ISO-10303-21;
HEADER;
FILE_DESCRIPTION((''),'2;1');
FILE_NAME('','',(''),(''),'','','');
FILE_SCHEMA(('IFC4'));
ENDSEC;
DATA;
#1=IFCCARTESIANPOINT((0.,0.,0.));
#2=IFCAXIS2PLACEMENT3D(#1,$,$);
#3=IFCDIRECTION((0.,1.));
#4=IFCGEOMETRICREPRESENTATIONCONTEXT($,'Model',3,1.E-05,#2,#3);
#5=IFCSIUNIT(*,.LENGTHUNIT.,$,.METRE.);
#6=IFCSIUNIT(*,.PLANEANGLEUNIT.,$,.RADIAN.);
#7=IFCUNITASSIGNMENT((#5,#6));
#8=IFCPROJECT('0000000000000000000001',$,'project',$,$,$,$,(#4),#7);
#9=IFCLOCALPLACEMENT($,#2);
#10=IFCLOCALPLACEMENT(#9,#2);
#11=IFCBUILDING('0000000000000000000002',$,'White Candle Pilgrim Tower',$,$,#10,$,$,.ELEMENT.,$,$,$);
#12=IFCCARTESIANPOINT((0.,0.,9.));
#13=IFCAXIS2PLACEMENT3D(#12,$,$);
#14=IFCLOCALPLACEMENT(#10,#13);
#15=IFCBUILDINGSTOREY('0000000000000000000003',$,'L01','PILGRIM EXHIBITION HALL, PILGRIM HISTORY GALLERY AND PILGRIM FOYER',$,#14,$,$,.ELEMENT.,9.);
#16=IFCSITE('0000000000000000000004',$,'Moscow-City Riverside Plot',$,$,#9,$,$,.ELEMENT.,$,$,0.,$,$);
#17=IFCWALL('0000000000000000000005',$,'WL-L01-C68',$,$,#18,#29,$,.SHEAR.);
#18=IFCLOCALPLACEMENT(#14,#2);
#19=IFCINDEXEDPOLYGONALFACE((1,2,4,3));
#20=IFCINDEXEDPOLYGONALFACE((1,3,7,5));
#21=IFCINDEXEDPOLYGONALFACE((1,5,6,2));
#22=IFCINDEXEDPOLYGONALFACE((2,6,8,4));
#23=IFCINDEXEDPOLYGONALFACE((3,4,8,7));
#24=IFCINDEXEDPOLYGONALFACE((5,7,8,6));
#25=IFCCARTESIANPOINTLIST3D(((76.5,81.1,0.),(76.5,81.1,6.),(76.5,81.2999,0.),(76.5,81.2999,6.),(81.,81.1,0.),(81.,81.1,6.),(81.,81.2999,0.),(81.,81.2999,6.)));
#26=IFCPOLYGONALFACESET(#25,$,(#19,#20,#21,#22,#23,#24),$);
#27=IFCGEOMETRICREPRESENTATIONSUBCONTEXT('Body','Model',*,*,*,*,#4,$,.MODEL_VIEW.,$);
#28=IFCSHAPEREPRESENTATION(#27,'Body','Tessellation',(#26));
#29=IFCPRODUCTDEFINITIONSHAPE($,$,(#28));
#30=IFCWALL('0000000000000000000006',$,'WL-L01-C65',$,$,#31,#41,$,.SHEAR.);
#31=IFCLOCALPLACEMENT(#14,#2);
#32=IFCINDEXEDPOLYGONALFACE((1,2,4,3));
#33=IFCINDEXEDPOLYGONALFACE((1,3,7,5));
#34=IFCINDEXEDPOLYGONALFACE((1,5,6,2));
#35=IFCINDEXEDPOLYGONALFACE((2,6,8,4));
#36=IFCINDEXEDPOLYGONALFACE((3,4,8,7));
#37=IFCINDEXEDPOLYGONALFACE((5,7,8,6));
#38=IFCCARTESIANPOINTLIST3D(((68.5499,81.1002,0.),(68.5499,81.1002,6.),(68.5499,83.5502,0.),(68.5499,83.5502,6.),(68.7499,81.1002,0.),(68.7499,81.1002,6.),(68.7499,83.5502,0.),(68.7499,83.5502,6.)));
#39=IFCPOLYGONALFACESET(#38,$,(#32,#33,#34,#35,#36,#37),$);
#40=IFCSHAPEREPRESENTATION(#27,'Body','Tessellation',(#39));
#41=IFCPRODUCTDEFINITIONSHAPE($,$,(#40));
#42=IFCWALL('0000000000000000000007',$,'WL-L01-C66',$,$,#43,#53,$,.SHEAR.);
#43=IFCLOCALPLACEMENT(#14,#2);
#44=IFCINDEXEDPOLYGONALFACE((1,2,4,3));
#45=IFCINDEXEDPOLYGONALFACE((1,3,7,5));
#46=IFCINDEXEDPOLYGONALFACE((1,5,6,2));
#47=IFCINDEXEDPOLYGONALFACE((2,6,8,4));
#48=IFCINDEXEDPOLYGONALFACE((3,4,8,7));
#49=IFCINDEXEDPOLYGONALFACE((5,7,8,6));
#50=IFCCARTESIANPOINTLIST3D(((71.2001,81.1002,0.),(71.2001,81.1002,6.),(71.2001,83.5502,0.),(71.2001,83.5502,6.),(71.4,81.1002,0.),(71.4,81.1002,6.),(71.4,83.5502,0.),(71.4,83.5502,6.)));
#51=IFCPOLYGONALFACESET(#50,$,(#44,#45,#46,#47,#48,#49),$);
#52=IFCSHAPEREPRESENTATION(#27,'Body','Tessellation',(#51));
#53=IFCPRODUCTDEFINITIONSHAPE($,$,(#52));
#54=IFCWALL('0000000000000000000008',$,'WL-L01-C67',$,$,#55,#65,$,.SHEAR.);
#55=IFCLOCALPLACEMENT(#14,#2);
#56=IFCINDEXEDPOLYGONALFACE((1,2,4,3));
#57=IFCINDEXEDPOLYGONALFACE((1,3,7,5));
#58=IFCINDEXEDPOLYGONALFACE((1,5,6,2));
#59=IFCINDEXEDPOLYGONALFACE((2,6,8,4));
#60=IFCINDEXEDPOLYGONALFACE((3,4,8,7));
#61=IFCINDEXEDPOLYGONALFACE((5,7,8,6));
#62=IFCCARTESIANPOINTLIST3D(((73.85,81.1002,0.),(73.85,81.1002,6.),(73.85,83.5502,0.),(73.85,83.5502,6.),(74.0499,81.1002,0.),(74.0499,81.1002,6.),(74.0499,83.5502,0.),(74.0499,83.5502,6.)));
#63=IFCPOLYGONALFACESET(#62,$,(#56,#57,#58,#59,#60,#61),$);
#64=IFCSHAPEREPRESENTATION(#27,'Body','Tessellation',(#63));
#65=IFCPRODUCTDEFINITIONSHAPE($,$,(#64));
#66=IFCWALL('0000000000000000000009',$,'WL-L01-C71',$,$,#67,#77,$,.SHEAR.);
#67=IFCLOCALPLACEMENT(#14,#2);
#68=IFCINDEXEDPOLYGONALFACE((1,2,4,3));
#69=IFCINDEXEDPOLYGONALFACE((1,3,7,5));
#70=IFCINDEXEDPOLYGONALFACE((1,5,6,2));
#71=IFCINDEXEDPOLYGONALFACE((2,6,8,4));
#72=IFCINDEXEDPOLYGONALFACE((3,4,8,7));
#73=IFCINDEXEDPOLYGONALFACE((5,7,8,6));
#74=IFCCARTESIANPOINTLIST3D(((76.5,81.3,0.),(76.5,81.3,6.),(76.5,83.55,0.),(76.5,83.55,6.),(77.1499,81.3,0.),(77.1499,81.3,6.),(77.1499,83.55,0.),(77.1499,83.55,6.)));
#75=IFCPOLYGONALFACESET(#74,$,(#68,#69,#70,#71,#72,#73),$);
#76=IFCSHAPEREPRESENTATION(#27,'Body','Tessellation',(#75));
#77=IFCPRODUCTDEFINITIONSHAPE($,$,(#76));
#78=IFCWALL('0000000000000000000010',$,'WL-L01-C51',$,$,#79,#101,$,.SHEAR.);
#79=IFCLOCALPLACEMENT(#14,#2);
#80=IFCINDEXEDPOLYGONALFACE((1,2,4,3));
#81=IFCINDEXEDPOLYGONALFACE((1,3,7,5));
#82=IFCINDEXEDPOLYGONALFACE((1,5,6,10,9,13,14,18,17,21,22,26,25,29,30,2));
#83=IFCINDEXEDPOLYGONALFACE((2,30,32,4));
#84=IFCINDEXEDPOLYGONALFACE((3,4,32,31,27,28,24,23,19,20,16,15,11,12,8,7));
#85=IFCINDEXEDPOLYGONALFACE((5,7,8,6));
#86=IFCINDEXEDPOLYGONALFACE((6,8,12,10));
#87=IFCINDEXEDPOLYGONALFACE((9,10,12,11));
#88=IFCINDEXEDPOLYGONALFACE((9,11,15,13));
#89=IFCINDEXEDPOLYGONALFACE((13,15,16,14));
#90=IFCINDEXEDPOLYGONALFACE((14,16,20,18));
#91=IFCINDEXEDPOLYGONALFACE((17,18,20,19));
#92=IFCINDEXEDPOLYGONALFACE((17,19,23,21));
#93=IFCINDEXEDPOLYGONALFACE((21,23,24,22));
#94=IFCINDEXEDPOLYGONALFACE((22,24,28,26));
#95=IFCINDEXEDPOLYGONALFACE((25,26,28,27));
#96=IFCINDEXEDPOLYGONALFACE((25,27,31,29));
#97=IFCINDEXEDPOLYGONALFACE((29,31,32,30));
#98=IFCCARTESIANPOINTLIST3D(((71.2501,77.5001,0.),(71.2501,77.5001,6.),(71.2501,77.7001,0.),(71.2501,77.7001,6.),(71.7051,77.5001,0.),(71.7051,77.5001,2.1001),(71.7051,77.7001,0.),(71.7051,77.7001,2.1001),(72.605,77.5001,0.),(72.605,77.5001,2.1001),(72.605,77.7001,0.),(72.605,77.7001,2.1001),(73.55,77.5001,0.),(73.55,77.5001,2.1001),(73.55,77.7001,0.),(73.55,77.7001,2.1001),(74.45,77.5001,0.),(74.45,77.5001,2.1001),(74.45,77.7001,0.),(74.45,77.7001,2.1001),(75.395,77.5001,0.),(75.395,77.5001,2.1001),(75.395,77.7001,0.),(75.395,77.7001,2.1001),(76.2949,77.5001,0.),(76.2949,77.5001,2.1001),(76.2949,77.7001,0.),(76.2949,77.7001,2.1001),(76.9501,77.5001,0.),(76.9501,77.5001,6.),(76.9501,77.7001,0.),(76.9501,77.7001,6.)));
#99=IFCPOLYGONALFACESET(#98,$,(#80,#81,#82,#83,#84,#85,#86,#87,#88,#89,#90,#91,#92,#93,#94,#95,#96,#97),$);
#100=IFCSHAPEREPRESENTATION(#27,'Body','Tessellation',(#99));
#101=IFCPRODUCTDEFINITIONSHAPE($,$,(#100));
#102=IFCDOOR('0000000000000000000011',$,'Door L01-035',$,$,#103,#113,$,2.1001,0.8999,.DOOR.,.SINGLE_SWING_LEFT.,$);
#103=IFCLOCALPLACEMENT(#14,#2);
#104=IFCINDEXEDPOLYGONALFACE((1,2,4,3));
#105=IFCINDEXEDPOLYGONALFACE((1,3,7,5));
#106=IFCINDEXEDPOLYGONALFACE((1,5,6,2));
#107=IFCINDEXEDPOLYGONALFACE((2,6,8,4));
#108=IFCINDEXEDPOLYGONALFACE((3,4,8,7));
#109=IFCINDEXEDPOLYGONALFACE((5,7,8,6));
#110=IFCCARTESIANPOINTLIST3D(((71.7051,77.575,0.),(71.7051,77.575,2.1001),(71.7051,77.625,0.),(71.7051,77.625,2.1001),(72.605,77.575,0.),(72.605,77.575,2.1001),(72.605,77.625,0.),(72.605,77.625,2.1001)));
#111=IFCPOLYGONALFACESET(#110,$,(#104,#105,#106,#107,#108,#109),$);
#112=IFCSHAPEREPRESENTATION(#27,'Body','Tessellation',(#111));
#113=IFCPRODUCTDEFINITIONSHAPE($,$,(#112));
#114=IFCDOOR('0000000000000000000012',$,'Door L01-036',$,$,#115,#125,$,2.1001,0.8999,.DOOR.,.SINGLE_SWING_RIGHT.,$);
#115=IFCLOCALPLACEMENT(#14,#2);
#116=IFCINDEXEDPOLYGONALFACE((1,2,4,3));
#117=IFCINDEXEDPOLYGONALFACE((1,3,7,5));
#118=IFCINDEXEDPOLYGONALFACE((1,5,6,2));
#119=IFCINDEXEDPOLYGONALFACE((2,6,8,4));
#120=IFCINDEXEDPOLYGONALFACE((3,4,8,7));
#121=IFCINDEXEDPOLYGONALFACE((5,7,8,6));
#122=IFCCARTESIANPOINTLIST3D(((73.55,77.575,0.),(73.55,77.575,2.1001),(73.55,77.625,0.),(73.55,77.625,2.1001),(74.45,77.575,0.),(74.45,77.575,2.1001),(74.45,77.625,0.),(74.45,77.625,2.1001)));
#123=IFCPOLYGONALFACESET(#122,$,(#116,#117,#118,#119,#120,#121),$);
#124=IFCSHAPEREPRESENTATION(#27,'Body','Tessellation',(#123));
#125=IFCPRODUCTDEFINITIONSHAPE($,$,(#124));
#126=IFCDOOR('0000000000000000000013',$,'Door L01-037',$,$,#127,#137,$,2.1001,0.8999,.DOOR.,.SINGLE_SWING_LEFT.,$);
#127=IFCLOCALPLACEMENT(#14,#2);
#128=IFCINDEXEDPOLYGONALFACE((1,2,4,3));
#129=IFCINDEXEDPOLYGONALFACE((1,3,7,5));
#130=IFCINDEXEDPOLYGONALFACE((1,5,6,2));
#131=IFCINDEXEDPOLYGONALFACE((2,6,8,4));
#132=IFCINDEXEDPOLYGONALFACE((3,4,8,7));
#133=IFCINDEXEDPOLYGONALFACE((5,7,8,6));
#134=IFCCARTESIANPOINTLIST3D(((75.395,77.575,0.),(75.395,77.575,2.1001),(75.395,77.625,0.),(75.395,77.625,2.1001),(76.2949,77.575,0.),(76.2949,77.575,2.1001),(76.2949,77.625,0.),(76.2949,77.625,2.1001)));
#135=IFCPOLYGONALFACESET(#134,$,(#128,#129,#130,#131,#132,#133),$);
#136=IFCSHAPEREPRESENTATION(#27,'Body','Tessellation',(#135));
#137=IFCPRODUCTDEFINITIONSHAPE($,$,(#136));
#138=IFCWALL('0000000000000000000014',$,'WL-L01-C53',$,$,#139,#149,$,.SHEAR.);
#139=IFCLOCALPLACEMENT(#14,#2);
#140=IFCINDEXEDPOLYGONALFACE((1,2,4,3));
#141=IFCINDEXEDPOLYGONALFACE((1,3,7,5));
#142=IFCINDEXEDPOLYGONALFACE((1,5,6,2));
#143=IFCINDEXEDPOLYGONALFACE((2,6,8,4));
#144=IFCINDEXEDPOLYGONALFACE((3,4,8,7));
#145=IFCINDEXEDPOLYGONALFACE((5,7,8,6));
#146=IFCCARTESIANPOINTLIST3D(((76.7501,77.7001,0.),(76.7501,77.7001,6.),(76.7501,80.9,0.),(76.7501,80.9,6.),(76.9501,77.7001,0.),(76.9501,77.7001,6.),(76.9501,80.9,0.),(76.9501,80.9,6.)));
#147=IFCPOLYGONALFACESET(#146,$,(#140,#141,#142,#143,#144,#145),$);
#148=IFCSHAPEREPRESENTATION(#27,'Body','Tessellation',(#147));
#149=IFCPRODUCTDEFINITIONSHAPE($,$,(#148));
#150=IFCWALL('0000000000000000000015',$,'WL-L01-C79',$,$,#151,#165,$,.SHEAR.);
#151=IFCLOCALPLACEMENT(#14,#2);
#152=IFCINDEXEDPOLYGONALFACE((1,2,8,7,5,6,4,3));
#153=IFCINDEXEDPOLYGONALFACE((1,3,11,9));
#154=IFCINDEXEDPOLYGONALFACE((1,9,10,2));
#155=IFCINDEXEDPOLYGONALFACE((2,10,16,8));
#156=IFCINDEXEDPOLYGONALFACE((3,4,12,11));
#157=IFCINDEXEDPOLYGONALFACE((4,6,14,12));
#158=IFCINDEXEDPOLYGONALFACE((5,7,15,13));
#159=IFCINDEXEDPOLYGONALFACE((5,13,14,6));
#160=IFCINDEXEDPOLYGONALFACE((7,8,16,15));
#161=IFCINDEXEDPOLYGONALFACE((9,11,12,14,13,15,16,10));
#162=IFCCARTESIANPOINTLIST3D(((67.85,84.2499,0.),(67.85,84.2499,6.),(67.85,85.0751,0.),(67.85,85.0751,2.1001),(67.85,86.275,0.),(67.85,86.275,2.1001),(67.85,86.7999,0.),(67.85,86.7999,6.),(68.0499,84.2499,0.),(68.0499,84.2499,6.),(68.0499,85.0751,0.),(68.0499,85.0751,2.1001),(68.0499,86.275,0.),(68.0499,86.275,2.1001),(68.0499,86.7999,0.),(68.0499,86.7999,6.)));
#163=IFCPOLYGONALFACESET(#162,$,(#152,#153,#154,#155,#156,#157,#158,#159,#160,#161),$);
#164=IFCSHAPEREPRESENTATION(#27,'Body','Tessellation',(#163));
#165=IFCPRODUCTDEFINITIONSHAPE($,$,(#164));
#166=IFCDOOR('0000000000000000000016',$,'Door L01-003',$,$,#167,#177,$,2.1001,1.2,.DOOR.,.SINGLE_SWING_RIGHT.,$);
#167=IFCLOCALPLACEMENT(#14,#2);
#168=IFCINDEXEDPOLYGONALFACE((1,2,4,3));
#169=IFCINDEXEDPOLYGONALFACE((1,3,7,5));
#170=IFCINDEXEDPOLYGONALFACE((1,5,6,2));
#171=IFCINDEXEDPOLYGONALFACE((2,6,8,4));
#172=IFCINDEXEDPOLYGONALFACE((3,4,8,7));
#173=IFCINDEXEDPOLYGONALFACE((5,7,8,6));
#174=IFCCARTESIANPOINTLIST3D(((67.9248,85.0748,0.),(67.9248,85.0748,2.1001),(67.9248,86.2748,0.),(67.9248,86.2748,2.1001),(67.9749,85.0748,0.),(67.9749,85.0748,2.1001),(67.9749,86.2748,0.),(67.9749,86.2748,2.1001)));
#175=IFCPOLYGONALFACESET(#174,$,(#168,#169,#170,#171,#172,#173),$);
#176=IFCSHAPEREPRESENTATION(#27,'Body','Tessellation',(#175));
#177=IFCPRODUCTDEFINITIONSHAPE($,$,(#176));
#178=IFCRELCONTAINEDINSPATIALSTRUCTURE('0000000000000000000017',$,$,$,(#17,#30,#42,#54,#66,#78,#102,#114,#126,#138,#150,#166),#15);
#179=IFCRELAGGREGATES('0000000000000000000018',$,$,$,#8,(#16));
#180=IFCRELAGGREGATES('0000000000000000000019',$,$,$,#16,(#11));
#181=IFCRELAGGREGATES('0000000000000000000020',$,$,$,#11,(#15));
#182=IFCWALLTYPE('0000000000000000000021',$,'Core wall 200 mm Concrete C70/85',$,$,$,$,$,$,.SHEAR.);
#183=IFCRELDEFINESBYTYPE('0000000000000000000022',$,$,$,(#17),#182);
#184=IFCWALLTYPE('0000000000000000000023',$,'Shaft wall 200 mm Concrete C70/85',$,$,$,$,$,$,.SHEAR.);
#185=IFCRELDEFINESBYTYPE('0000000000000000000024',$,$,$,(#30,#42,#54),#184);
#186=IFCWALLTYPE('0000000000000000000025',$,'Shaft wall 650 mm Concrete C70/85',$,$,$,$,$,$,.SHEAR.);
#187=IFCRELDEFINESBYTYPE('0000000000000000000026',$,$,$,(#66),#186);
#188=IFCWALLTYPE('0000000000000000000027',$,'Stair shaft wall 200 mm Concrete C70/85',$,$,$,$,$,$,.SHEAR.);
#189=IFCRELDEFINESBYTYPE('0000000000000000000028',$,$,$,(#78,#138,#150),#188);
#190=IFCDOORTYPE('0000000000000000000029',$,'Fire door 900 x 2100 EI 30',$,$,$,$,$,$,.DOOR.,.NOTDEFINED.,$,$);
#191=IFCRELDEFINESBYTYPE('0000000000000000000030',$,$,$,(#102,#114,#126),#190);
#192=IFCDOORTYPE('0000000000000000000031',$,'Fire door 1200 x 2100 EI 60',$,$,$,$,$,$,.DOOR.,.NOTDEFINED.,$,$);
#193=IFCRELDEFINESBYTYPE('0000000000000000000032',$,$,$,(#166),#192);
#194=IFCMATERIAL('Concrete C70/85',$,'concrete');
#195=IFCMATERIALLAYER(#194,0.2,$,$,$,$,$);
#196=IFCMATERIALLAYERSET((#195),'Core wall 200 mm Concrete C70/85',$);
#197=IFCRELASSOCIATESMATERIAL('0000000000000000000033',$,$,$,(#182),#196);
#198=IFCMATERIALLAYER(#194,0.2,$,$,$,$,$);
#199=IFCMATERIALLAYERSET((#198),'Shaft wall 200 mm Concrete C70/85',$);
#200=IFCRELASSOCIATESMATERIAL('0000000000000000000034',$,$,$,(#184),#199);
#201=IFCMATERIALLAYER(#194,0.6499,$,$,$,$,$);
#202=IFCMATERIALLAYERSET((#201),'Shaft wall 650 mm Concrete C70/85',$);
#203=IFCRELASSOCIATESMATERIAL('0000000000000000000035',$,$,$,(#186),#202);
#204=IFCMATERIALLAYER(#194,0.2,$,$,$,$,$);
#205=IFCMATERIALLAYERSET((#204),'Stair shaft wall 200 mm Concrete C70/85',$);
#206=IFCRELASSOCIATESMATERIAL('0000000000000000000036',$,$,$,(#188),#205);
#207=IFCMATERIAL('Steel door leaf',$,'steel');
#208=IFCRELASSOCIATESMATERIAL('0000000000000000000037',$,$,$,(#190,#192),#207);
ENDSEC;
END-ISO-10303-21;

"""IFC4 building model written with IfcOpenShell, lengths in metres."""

from ifc_helpers import new_model, si_unit, direction, frame, frame_2d, origin, place, context, subcontext, project, spatial, rectangle, extrude, material, layer, layer_set, type_object, element, fill, save


model = new_model("IFC4")

# Units and contexts
model_context = context("Model", 3, precision=1e-05, world=origin(), true_north=direction((0.0, 1.0)))
body_context = subcontext(model_context, "Body", "Model", "MODEL_VIEW")
ifc_project = project(units=[si_unit("LENGTHUNIT", "METRE"), si_unit("PLANEANGLEUNIT", "RADIAN")], contexts=[model_context])

# Site, building, storey
site_placement = place(None, origin())
site = spatial("IfcSite", under=ifc_project, at=site_placement, Name="Moscow-City Riverside Plot", CompositionType="ELEMENT", RefElevation=0.0)
building_placement = place(site_placement, origin())
building = spatial("IfcBuilding", under=site, at=building_placement, Name="White Candle Pilgrim Tower", CompositionType="ELEMENT")
storey_placement = place(building_placement, frame((0.0, 0.0, 9.0)))
storey = spatial("IfcBuildingStorey", under=building, at=storey_placement, Name="L01", Description="PILGRIM EXHIBITION HALL, PILGRIM HISTORY GALLERY AND PILGRIM FOYER", CompositionType="ELEMENT", Elevation=9.0)

# Walls
ifc_material_1 = material(Name="Concrete C70/85", Category="concrete")
ifc_layer_1 = layer(ifc_material_1, 0.2)
ifc_layer_set_1 = layer_set([ifc_layer_1], Name="Core wall 200 mm Concrete C70/85")
wall_type_1 = type_object("IfcWallType", Name="Core wall 200 mm Concrete C70/85", PredefinedType="SHEAR", material=ifc_layer_set_1)
wall_1_placement = place(storey_placement, frame((76.5, 81.2, 0.0), z_axis=(0.0, 0.0, 1.0), x_axis=(1.0, 0.0, 0.0)))
element("IfcWall", 1, at=wall_1_placement, inside=storey, type_object=wall_type_1, Name="WL-L01-C68", PredefinedType="SHEAR", context=body_context, shape_type="SweptSolid", body=[
    extrude(rectangle(XDim=4.5, YDim=0.2, at=frame_2d((2.25, 0.0))), origin(), (0.0, 0.0, 1.0), 6.0),
])
ifc_layer_2 = layer(ifc_material_1, 0.2)
ifc_layer_set_2 = layer_set([ifc_layer_2], Name="Shaft wall 200 mm Concrete C70/85")
wall_type_2 = type_object("IfcWallType", Name="Shaft wall 200 mm Concrete C70/85", PredefinedType="SHEAR", material=ifc_layer_set_2)
for number, where, z_axis, x_axis, name in (
    (2, (68.6499, 81.1001, 0.0), (0.0, 0.0, 1.0), (0.0, 1.0, 0.0), "WL-L01-C65"),
    (3, (71.3, 81.1001, 0.0), (0.0, 0.0, 1.0), (0.0, 1.0, 0.0), "WL-L01-C66"),
    (4, (73.95, 81.1001, 0.0), (0.0, 0.0, 1.0), (0.0, 1.0, 0.0), "WL-L01-C67"),
):
    element("IfcWall", number, at=place(storey_placement, frame(where, z_axis=z_axis, x_axis=x_axis)), inside=storey, type_object=wall_type_2, Name=name, PredefinedType="SHEAR", context=body_context, shape_type="SweptSolid", body=[
        extrude(rectangle(XDim=2.45, YDim=0.2, at=frame_2d((1.2251, 0.0))), origin(), (0.0, 0.0, 1.0), 6.0),
    ])
ifc_layer_3 = layer(ifc_material_1, 0.6499)
ifc_layer_set_3 = layer_set([ifc_layer_3], Name="Shaft wall 650 mm Concrete C70/85")
wall_type_3 = type_object("IfcWallType", Name="Shaft wall 650 mm Concrete C70/85", PredefinedType="SHEAR", material=ifc_layer_set_3)
wall_2_placement = place(storey_placement, frame((76.825, 81.3, 0.0), z_axis=(0.0, 0.0, 1.0), x_axis=(0.0, 1.0, 0.0)))
element("IfcWall", 5, at=wall_2_placement, inside=storey, type_object=wall_type_3, Name="WL-L01-C71", PredefinedType="SHEAR", context=body_context, shape_type="SweptSolid", body=[
    extrude(rectangle(XDim=2.25, YDim=0.6499, at=frame_2d((1.125, 0.0))), origin(), (0.0, 0.0, 1.0), 6.0),
])

# Wall, openings, doors
ifc_layer_4 = layer(ifc_material_1, 0.2)
ifc_layer_set_4 = layer_set([ifc_layer_4], Name="Stair shaft wall 200 mm Concrete C70/85")
wall_type_4 = type_object("IfcWallType", Name="Stair shaft wall 200 mm Concrete C70/85", PredefinedType="SHEAR", material=ifc_layer_set_4)
wall_3_placement = place(storey_placement, frame((71.25, 77.6001, 0.0), z_axis=(0.0, 0.0, 1.0), x_axis=(1.0, 0.0, 0.0)))
wall_3 = element("IfcWall", 6, at=wall_3_placement, inside=storey, type_object=wall_type_4, Name="WL-L01-C51", PredefinedType="SHEAR", context=body_context, shape_type="SweptSolid", body=[
    extrude(rectangle(XDim=5.7, YDim=0.2, at=frame_2d((2.8501, 0.0))), origin(), (0.0, 0.0, 1.0), 6.0),
])
opening_1_placement = place(wall_3_placement, frame((0.4551, 0.0, 0.0)))
opening_1 = element("IfcOpeningElement", 7, at=opening_1_placement, cuts=wall_3, PredefinedType="OPENING", context=body_context, shape_type="SweptSolid", body=[
    extrude(rectangle(XDim=0.8999, YDim=2.1001, at=frame_2d((0.45, 1.05))), frame((0.0, 0.1099, 0.0), z_axis=(0.0, -1.0, 0.0), x_axis=(1.0, 0.0, 0.0)), (0.0, 0.0, 1.0), 0.22),
])
opening_2_placement = place(wall_3_placement, frame((2.3, 0.0, 0.0)))
opening_2 = element("IfcOpeningElement", 8, at=opening_2_placement, cuts=wall_3, PredefinedType="OPENING", context=body_context, shape_type="SweptSolid", body=[
    extrude(rectangle(XDim=0.8999, YDim=2.1001, at=frame_2d((0.45, 1.05))), frame((0.0, 0.1099, 0.0), z_axis=(0.0, -1.0, 0.0), x_axis=(1.0, 0.0, 0.0)), (0.0, 0.0, 1.0), 0.22),
])
opening_3_placement = place(wall_3_placement, frame((4.145, 0.0, 0.0)))
opening_3 = element("IfcOpeningElement", 9, at=opening_3_placement, cuts=wall_3, PredefinedType="OPENING", context=body_context, shape_type="SweptSolid", body=[
    extrude(rectangle(XDim=0.8999, YDim=2.1001, at=frame_2d((0.45, 1.05))), frame((0.0, 0.1099, 0.0), z_axis=(0.0, -1.0, 0.0), x_axis=(1.0, 0.0, 0.0)), (0.0, 0.0, 1.0), 0.22),
])
ifc_material_2 = material(Name="Steel door leaf", Category="steel")
door_type_1 = type_object("IfcDoorType", Name="Fire door 900 x 2100 EI 30", OperationType="NOTDEFINED", PredefinedType="DOOR", material=ifc_material_2)
door_1_placement = place(opening_1_placement, origin())
door_1 = element("IfcDoor", 10, at=door_1_placement, inside=storey, type_object=door_type_1, Name="Door L01-035", OperationType="SINGLE_SWING_LEFT", OverallHeight=2.1001, OverallWidth=0.8999, PredefinedType="DOOR", context=body_context, shape_type="SweptSolid", body=[
    extrude(rectangle(XDim=0.8999, YDim=2.1001, at=frame_2d((0.45, 1.05))), frame((0.0, 0.0249, 0.0), z_axis=(0.0, -1.0, 0.0), x_axis=(1.0, 0.0, 0.0)), (0.0, 0.0, 1.0), 0.05),
])
fill(opening_1, door_1)
door_2_placement = place(opening_2_placement, origin())
door_2 = element("IfcDoor", 11, at=door_2_placement, inside=storey, type_object=door_type_1, Name="Door L01-036", OperationType="SINGLE_SWING_RIGHT", OverallHeight=2.1001, OverallWidth=0.8999, PredefinedType="DOOR", context=body_context, shape_type="SweptSolid", body=[
    extrude(rectangle(XDim=0.8999, YDim=2.1001, at=frame_2d((0.45, 1.05))), frame((0.0, 0.0249, 0.0), z_axis=(0.0, -1.0, 0.0), x_axis=(1.0, 0.0, 0.0)), (0.0, 0.0, 1.0), 0.05),
])
fill(opening_2, door_2)
door_3_placement = place(opening_3_placement, origin())
door_3 = element("IfcDoor", 12, at=door_3_placement, inside=storey, type_object=door_type_1, Name="Door L01-037", OperationType="SINGLE_SWING_LEFT", OverallHeight=2.1001, OverallWidth=0.8999, PredefinedType="DOOR", context=body_context, shape_type="SweptSolid", body=[
    extrude(rectangle(XDim=0.8999, YDim=2.1001, at=frame_2d((0.45, 1.05))), frame((0.0, 0.0249, 0.0), z_axis=(0.0, -1.0, 0.0), x_axis=(1.0, 0.0, 0.0)), (0.0, 0.0, 1.0), 0.05),
])
fill(opening_3, door_3)

# Wall
wall_4_placement = place(storey_placement, frame((76.8501, 77.7, 0.0), z_axis=(0.0, 0.0, 1.0), x_axis=(0.0, 1.0, 0.0)))
element("IfcWall", 13, at=wall_4_placement, inside=storey, type_object=wall_type_4, Name="WL-L01-C53", PredefinedType="SHEAR", context=body_context, shape_type="SweptSolid", body=[
    extrude(rectangle(XDim=3.2, YDim=0.2, at=frame_2d((1.6001, 0.0))), origin(), (0.0, 0.0, 1.0), 6.0),
])

# Wall, opening, door
wall_5_placement = place(storey_placement, frame((67.95, 84.25, 0.0), z_axis=(0.0, 0.0, 1.0), x_axis=(0.0, 1.0, 0.0)))
wall_5 = element("IfcWall", 14, at=wall_5_placement, inside=storey, type_object=wall_type_4, Name="WL-L01-C79", PredefinedType="SHEAR", context=body_context, shape_type="SweptSolid", body=[
    extrude(rectangle(XDim=2.55, YDim=0.2, at=frame_2d((1.2749, 0.0))), origin(), (0.0, 0.0, 1.0), 6.0),
])
opening_4_placement = place(wall_5_placement, frame((0.825, 0.0, 0.0)))
opening_4 = element("IfcOpeningElement", 15, at=opening_4_placement, cuts=wall_5, PredefinedType="OPENING", context=body_context, shape_type="SweptSolid", body=[
    extrude(rectangle(XDim=1.2, YDim=2.1001, at=frame_2d((0.6001, 1.05))), frame((0.0, 0.1099, 0.0), z_axis=(0.0, -1.0, 0.0), x_axis=(1.0, 0.0, 0.0)), (0.0, 0.0, 1.0), 0.22),
])
door_type_2 = type_object("IfcDoorType", Name="Fire door 1200 x 2100 EI 60", OperationType="NOTDEFINED", PredefinedType="DOOR", material=ifc_material_2)
door_4_placement = place(opening_4_placement, frame((1.2, 0.0, 0.0), z_axis=(0.0, 0.0, 1.0), x_axis=(-1.0, 0.0, 0.0)))
door_4 = element("IfcDoor", 16, at=door_4_placement, inside=storey, type_object=door_type_2, Name="Door L01-003", OperationType="SINGLE_SWING_RIGHT", OverallHeight=2.1001, OverallWidth=1.2, PredefinedType="DOOR", context=body_context, shape_type="SweptSolid", body=[
    extrude(rectangle(XDim=1.2, YDim=2.1001, at=frame_2d((0.6001, 1.05))), frame((0.0, 0.0249, 0.0), z_axis=(0.0, -1.0, 0.0), x_axis=(1.0, 0.0, 0.0)), (0.0, 0.0, 1.0), 0.05),
])
fill(opening_4, door_4)

save(model, "model.ifc")
